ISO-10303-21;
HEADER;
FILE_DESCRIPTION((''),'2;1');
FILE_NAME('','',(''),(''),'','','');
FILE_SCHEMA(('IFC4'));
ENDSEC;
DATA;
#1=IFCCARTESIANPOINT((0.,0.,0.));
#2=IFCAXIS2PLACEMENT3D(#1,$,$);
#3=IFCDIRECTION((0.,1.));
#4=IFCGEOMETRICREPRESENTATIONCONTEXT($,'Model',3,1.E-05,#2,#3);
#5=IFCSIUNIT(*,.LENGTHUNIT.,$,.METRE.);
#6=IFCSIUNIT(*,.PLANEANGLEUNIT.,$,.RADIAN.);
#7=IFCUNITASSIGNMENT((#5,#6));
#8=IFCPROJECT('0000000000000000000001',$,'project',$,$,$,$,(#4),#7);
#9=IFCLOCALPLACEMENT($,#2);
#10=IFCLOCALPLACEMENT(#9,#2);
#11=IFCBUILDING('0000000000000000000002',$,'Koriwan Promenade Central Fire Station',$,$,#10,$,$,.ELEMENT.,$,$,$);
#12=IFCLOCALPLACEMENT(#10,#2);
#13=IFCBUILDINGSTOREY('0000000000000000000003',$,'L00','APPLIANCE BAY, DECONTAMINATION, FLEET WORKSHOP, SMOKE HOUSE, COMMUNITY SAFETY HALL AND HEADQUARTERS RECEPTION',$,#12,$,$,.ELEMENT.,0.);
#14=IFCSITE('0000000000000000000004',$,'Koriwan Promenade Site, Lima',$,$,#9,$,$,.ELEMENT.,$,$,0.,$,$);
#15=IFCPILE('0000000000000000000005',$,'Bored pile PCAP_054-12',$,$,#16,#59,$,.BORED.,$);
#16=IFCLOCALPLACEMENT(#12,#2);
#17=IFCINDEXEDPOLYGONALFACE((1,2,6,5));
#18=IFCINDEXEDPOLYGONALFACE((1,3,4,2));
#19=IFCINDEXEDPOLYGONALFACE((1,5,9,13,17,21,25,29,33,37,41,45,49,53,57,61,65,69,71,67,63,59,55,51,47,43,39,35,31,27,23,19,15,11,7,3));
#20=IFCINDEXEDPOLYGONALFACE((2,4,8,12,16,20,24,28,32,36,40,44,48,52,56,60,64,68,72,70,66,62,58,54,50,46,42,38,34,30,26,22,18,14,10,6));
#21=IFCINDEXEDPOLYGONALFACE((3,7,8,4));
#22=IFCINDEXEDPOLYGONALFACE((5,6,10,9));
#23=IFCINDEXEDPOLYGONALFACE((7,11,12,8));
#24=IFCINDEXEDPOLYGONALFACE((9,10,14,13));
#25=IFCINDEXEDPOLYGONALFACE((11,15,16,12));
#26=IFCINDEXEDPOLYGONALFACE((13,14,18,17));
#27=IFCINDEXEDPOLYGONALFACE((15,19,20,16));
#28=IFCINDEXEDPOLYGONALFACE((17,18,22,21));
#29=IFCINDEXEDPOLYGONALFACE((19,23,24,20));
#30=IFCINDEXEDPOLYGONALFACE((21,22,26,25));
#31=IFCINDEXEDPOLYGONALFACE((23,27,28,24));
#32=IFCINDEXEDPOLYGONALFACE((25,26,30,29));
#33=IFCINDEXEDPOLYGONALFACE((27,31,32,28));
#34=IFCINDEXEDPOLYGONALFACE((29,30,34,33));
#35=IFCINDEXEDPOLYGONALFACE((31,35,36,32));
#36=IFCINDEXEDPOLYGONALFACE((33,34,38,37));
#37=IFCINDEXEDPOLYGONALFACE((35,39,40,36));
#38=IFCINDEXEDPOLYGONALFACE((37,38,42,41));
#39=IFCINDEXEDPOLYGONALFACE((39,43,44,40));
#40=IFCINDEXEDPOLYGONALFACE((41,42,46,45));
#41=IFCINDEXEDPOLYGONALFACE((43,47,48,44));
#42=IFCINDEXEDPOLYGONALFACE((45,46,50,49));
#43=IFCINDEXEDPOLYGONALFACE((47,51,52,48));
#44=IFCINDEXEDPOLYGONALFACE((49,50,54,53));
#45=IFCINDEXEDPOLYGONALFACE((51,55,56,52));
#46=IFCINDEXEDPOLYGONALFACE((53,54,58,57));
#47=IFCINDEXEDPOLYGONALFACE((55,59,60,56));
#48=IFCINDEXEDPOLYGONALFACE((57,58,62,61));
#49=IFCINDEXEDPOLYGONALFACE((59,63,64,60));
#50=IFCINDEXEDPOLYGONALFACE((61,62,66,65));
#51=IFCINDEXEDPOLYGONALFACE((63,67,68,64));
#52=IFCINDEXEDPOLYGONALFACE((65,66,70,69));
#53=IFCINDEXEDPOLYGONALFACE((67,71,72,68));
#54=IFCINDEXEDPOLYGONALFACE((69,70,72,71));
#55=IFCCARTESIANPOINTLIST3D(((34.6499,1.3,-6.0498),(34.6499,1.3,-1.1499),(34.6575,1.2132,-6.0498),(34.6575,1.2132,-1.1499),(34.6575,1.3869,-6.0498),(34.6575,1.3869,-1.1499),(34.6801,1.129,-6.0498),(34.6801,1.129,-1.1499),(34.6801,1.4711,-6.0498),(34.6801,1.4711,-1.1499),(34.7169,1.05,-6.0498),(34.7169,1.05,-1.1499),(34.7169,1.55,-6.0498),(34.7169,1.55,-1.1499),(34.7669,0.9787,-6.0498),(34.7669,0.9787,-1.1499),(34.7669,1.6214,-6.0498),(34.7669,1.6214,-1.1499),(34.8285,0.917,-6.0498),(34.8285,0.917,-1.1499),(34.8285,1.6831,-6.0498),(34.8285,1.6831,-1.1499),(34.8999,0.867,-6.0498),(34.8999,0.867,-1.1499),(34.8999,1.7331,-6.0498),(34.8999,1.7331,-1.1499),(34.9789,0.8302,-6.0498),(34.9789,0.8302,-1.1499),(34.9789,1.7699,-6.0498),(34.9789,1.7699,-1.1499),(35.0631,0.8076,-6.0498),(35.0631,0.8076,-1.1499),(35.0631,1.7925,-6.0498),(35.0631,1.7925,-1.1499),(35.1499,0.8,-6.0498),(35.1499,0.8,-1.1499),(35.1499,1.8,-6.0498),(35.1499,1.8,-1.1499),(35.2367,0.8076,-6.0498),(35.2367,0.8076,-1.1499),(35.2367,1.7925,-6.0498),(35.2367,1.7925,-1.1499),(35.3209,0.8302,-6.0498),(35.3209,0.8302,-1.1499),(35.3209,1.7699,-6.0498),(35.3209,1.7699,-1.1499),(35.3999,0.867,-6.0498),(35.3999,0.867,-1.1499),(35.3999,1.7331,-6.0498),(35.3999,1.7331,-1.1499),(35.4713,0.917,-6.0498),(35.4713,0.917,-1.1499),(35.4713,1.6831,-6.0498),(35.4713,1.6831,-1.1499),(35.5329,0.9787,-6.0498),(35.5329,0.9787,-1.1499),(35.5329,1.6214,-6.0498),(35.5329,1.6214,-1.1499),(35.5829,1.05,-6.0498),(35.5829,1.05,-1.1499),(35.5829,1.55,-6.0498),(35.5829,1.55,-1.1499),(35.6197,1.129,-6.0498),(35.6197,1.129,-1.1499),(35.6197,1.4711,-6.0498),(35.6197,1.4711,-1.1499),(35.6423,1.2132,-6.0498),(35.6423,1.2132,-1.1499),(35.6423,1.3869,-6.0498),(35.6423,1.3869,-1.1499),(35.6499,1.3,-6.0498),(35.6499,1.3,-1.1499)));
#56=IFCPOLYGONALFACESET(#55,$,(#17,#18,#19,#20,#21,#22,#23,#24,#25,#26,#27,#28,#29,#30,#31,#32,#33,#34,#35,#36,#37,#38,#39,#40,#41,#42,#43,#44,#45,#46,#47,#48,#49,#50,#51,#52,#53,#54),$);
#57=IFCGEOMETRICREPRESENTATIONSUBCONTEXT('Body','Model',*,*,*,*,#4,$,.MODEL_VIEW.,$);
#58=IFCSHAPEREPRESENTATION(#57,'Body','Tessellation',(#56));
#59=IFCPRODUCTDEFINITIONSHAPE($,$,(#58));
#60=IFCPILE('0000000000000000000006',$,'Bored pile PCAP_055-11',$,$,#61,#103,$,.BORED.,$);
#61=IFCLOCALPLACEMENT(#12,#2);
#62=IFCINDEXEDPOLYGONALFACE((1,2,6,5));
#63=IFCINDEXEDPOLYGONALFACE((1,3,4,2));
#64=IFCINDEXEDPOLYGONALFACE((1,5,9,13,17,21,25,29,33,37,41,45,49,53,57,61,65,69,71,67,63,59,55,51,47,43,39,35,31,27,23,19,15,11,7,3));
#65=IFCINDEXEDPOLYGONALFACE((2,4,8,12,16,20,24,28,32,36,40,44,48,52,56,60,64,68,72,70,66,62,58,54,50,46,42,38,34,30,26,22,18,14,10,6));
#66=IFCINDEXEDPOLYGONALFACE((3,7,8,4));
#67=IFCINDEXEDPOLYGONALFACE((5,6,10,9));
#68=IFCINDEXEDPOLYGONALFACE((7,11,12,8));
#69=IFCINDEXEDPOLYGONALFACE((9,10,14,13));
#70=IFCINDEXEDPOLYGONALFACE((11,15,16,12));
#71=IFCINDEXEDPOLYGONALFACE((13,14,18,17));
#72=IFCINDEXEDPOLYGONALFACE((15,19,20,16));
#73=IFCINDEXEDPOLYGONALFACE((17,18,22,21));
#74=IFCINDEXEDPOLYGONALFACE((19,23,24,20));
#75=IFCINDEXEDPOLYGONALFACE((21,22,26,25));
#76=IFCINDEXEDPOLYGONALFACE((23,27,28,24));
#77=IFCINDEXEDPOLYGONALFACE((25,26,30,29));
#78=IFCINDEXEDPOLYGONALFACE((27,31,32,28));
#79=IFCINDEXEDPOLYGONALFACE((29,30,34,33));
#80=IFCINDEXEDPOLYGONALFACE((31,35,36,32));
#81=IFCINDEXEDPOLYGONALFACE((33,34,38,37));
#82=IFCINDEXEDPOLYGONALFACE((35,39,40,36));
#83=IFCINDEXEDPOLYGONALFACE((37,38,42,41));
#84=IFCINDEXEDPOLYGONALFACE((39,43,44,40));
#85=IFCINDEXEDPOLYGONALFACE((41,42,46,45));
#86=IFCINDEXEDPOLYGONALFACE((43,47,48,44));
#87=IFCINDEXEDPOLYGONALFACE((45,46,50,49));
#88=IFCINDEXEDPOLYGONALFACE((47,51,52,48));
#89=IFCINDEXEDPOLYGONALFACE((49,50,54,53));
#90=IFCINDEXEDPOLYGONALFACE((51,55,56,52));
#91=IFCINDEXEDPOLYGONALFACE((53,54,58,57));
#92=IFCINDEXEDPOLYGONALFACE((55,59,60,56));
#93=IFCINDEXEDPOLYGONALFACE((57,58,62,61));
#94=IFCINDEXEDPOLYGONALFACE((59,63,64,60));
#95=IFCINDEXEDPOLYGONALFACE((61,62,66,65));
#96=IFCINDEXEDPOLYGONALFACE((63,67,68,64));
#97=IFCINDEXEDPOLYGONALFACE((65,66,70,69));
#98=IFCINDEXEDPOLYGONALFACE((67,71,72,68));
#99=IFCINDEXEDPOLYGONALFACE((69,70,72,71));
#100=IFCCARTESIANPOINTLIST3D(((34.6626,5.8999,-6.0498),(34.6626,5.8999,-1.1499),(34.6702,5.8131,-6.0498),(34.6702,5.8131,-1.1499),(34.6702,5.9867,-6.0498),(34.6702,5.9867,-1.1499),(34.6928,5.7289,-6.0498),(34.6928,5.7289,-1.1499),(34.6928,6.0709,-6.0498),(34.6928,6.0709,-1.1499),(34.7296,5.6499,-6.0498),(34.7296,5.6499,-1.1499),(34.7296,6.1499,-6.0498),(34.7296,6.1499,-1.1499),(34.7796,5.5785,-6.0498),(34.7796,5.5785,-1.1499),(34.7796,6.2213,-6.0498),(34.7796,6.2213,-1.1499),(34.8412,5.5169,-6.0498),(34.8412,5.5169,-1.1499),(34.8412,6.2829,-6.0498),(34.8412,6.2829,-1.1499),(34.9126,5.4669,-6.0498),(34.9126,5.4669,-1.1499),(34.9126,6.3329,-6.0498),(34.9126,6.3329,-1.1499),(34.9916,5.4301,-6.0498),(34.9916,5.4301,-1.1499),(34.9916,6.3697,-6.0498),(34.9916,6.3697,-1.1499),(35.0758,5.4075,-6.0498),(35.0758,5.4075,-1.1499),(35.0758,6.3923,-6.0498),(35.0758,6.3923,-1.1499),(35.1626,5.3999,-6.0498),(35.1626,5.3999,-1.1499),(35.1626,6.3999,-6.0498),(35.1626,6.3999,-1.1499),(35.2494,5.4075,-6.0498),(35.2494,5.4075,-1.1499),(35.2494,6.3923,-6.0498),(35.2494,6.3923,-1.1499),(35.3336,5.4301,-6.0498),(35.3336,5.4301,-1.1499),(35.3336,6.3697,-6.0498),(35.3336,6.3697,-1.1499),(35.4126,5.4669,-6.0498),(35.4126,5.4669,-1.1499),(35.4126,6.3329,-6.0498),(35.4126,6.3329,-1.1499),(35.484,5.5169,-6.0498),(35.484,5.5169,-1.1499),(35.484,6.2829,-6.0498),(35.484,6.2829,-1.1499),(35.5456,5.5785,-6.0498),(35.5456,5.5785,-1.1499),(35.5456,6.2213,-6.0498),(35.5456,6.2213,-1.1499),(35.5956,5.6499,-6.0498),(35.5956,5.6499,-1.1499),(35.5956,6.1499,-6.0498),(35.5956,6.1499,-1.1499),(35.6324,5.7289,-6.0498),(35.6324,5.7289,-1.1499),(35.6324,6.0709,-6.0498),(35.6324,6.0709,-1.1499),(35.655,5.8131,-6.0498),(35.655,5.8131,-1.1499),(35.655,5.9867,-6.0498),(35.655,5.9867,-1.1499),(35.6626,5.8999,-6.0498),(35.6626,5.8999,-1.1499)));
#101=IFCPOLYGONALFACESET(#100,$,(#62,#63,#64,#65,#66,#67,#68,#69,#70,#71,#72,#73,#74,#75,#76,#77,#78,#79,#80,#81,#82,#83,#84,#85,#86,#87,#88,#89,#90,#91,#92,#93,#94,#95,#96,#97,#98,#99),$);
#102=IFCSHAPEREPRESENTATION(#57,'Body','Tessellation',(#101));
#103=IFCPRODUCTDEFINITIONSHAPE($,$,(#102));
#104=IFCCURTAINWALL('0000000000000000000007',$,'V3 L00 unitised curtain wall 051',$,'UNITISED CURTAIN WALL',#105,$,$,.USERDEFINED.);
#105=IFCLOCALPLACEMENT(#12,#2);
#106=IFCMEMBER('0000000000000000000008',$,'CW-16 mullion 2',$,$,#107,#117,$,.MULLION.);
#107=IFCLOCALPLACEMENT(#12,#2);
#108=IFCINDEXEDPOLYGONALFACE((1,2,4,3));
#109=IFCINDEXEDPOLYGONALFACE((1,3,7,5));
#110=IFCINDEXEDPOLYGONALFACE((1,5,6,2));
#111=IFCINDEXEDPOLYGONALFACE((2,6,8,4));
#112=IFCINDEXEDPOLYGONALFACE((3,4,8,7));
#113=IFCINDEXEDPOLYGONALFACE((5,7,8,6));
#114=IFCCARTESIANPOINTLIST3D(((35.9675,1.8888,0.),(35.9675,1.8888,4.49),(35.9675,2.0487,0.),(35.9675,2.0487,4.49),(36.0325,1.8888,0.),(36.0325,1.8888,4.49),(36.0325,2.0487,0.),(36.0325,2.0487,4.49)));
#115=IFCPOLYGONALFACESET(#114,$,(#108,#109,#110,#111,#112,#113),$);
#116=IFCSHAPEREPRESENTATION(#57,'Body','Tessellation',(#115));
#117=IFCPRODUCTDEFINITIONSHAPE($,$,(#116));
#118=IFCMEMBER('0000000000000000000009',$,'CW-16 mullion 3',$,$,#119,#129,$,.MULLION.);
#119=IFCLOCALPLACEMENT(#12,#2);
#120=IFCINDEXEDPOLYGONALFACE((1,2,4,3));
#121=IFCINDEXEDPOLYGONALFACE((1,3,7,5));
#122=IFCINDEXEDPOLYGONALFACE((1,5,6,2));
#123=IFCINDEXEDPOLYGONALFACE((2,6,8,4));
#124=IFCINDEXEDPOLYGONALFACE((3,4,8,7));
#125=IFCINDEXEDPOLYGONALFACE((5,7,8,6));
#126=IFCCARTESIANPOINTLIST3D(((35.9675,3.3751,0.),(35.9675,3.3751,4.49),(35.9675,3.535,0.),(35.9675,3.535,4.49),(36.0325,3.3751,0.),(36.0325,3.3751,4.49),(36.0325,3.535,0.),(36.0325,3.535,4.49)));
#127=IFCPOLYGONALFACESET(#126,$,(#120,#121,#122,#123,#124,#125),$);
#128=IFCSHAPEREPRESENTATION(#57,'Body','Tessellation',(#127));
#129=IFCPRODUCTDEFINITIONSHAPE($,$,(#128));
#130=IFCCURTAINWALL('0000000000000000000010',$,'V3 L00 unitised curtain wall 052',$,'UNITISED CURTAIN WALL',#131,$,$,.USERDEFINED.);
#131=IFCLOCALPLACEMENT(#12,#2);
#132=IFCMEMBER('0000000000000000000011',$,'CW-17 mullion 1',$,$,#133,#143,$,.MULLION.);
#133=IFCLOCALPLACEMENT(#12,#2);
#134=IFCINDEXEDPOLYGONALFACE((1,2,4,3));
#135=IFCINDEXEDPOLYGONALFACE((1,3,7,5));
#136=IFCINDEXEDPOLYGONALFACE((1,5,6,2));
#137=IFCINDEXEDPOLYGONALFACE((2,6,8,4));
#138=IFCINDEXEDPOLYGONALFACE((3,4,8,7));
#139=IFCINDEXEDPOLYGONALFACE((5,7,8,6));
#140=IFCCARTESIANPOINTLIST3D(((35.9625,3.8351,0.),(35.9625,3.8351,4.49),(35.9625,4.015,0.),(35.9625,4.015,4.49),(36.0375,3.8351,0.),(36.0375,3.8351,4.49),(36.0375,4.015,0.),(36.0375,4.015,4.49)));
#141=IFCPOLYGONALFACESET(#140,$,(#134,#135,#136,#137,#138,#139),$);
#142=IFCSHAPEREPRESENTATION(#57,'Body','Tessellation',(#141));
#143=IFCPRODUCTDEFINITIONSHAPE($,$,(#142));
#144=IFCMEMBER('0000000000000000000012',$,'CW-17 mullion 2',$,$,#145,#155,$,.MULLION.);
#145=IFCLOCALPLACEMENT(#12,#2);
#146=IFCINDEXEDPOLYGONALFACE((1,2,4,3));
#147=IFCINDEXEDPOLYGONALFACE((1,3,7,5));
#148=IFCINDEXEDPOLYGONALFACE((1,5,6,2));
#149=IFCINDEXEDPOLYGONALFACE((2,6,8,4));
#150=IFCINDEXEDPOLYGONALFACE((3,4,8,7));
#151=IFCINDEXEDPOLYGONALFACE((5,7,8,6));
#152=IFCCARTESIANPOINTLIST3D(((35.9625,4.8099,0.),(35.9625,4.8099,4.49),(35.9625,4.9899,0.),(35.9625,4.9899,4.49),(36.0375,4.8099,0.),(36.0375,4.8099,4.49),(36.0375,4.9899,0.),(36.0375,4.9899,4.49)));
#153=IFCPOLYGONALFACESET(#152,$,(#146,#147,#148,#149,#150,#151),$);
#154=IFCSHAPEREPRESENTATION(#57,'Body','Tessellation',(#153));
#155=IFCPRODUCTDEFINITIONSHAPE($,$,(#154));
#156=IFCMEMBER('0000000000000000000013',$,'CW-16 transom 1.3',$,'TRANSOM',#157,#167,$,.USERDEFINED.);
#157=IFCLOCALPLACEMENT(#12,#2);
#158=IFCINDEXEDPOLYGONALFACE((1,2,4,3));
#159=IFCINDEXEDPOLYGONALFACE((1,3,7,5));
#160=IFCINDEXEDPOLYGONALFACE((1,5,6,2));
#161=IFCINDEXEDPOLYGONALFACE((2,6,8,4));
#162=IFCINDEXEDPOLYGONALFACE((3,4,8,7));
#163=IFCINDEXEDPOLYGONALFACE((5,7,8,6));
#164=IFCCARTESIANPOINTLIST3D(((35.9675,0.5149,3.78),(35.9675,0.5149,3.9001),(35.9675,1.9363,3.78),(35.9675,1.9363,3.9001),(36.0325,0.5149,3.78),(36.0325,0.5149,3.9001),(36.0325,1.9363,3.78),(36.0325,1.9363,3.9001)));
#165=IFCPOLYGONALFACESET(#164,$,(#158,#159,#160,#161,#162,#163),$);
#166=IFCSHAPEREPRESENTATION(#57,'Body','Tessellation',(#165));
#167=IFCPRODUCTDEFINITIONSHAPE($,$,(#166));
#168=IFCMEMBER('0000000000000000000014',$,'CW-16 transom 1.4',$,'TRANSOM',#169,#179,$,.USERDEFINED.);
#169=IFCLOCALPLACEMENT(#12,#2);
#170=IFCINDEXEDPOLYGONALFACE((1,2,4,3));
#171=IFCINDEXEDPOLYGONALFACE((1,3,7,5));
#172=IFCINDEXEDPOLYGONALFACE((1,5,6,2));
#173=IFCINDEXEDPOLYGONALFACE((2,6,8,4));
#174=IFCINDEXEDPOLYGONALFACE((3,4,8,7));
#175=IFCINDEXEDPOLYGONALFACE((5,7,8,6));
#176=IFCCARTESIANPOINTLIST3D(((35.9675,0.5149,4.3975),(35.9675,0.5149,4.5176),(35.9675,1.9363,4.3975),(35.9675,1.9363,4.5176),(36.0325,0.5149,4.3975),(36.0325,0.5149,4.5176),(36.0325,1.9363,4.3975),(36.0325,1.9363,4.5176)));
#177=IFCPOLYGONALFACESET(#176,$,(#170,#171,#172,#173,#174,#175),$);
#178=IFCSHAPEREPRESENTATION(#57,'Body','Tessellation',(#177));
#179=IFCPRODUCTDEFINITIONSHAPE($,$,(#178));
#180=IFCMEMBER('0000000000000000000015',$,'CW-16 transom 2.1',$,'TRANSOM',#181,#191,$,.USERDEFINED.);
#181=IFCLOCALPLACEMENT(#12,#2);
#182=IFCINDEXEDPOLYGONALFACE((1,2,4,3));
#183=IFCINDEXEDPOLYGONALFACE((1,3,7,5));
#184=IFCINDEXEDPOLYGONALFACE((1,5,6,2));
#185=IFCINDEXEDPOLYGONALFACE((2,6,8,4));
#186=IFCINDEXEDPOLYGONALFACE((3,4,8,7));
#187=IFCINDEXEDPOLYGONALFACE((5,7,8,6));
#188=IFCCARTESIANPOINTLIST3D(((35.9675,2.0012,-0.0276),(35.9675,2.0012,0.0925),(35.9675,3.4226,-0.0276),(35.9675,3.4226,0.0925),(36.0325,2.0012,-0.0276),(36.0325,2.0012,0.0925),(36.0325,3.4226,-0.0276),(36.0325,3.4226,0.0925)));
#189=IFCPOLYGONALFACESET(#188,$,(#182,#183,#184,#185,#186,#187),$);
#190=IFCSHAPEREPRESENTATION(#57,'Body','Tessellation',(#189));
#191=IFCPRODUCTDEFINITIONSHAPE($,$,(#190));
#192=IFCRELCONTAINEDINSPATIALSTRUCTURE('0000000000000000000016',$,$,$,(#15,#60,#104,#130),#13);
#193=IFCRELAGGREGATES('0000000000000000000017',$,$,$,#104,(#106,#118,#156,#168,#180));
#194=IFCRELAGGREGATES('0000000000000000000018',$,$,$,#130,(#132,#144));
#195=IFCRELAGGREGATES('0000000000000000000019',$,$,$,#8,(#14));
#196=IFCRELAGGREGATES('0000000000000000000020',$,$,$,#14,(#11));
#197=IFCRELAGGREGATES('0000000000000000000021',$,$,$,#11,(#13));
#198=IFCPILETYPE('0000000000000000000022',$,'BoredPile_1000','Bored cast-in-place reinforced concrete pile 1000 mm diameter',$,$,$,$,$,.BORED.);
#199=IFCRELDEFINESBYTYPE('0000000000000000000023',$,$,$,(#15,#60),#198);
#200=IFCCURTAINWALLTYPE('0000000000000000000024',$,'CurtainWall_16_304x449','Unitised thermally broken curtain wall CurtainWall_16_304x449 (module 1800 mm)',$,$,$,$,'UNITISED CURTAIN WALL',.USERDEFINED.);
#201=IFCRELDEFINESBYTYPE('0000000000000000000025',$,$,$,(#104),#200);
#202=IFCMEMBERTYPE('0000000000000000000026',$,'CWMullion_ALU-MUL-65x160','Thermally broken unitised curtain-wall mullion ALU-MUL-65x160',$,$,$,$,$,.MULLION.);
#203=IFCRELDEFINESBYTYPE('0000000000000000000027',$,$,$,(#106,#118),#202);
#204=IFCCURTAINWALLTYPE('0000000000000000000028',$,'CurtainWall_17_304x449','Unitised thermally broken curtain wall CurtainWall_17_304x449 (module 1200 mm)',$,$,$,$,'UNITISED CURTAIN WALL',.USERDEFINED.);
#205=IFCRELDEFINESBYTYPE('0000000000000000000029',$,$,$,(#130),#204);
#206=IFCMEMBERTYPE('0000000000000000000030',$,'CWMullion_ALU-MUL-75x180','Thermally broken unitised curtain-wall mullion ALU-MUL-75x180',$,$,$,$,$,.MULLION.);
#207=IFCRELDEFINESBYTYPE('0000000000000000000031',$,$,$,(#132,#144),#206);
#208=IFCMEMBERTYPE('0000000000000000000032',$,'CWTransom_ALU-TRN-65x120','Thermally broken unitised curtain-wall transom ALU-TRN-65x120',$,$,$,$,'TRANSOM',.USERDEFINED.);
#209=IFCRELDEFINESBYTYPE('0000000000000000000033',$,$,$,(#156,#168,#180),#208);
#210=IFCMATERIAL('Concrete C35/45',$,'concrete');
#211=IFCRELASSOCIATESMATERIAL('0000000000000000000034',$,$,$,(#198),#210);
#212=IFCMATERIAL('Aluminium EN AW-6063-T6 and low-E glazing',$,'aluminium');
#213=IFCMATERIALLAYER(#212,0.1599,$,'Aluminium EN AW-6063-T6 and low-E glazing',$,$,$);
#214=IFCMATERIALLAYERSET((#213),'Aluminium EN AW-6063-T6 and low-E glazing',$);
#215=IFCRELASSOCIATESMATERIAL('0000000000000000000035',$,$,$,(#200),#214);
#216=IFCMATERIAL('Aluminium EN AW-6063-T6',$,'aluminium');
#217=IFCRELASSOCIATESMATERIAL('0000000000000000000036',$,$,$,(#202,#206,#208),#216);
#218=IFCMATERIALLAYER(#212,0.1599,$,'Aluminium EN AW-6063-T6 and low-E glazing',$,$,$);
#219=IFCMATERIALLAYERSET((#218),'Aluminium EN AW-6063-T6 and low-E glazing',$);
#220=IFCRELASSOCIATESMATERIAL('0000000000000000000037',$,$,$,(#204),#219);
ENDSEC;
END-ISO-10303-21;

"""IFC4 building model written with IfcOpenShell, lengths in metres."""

from ifc_helpers import new_model, si_unit, direction, frame, origin, origin_2d, place, context, subcontext, project, spatial, rectangle, circle, extrude, material, layer, layer_set, material_profile, profile_set, type_object, element, aggregate, save


model = new_model("IFC4")

# Units and contexts
model_context = context("Model", 3, precision=1e-05, world=origin(), true_north=direction((0.0, 1.0)))
body_context = subcontext(model_context, "Body", "Model", "MODEL_VIEW")
ifc_project = project(units=[si_unit("LENGTHUNIT", "METRE"), si_unit("PLANEANGLEUNIT", "RADIAN")], contexts=[model_context])

# Site, building, storey
site_placement = place(None, origin())
site = spatial("IfcSite", under=ifc_project, at=site_placement, Name="Koriwan Promenade Site, Lima", CompositionType="ELEMENT", RefElevation=0.0)
building_placement = place(site_placement, origin())
building = spatial("IfcBuilding", under=site, at=building_placement, Name="Koriwan Promenade Central Fire Station", CompositionType="ELEMENT")
storey_placement = place(building_placement, origin())
storey = spatial("IfcBuildingStorey", under=building, at=storey_placement, Name="L00", Description="APPLIANCE BAY, DECONTAMINATION, FLEET WORKSHOP, SMOKE HOUSE, COMMUNITY SAFETY HALL AND HEADQUARTERS RECEPTION", CompositionType="ELEMENT", Elevation=0.0)

# Piles
ifc_material_1 = material(Name="Concrete C35/45", Category="concrete")
ifc_material_profile_1 = material_profile(ifc_material_1, circle(Radius=0.5, at=origin_2d()), Name="PILE-D1000")
ifc_profile_set_1 = profile_set([ifc_material_profile_1], Name="Concrete C35/45")
pile_type = type_object("IfcPileType", Name="BoredPile_1000", Description="Bored cast-in-place reinforced concrete pile 1000 mm diameter", PredefinedType="BORED", material=ifc_profile_set_1)
for number, where, z_axis, x_axis, name in (
    (1, (35.1499, 1.3, -1.1499), (0.0, 0.0, -1.0), (1.0, 0.0, 0.0), "Bored pile PCAP_054-12"),
    (2, (35.1626, 5.8999, -1.1499), (0.0, 0.0, -1.0), (1.0, 0.0, 0.0), "Bored pile PCAP_055-11"),
):
    element("IfcPile", number, at=place(storey_placement, frame(where, z_axis=z_axis, x_axis=x_axis)), inside=storey, type_object=pile_type, Name=name, PredefinedType="BORED", context=body_context, shape_type="SweptSolid", body=[
        extrude(circle(Radius=0.5, at=origin_2d()), origin(), (0.0, 0.0, 1.0), 4.8999),
    ])

# Curtain walls, members
ifc_material_2 = material(Name="Aluminium EN AW-6063-T6 and low-E glazing", Category="aluminium")
ifc_layer_1 = layer(ifc_material_2, 0.1599, Name="Aluminium EN AW-6063-T6 and low-E glazing")
ifc_layer_set_1 = layer_set([ifc_layer_1], Name="Aluminium EN AW-6063-T6 and low-E glazing")
curtain_wall_type_1 = type_object("IfcCurtainWallType", Name="CurtainWall_16_304x449", Description="Unitised thermally broken curtain wall CurtainWall_16_304x449 (module 1800 mm)", ElementType="UNITISED CURTAIN WALL", PredefinedType="USERDEFINED", material=ifc_layer_set_1)
curtain_wall_1_placement = place(storey_placement, origin())
curtain_wall_1 = element("IfcCurtainWall", 3, at=curtain_wall_1_placement, inside=storey, type_object=curtain_wall_type_1, Name="V3 L00 unitised curtain wall 051", ObjectType="UNITISED CURTAIN WALL", PredefinedType="USERDEFINED")
ifc_material_3 = material(Name="Aluminium EN AW-6063-T6", Category="aluminium")
ifc_material_profile_2 = material_profile(ifc_material_3, rectangle(XDim=0.0649, YDim=0.1599, at=origin_2d()), Name="ALU-MUL-65x160")
ifc_profile_set_2 = profile_set([ifc_material_profile_2], Name="Aluminium EN AW-6063-T6")
member_type_1 = type_object("IfcMemberType", Name="CWMullion_ALU-MUL-65x160", Description="Thermally broken unitised curtain-wall mullion ALU-MUL-65x160", PredefinedType="MULLION", material=ifc_profile_set_2)
member_1_placement = place(storey_placement, frame((36.0, 1.9688, 0.0), z_axis=(0.0, 0.0, 1.0), x_axis=(-1.0, 0.0, 0.0)))
member_1 = element("IfcMember", 4, at=member_1_placement, type_object=member_type_1, Name="CW-16 mullion 2", PredefinedType="MULLION", context=body_context, shape_type="SweptSolid", body=[
    extrude(rectangle(XDim=0.0649, YDim=0.1599, at=origin_2d()), origin(), (0.0, 0.0, 1.0), 4.49),
])
member_2_placement = place(storey_placement, frame((36.0, 3.4551, 0.0), z_axis=(0.0, 0.0, 1.0), x_axis=(-1.0, 0.0, 0.0)))
member_2 = element("IfcMember", 5, at=member_2_placement, type_object=member_type_1, Name="CW-16 mullion 3", PredefinedType="MULLION", context=body_context, shape_type="SweptSolid", body=[
    extrude(rectangle(XDim=0.0649, YDim=0.1599, at=origin_2d()), origin(), (0.0, 0.0, 1.0), 4.49),
])
ifc_layer_2 = layer(ifc_material_2, 0.1599, Name="Aluminium EN AW-6063-T6 and low-E glazing")
ifc_layer_set_2 = layer_set([ifc_layer_2], Name="Aluminium EN AW-6063-T6 and low-E glazing")
curtain_wall_type_2 = type_object("IfcCurtainWallType", Name="CurtainWall_17_304x449", Description="Unitised thermally broken curtain wall CurtainWall_17_304x449 (module 1200 mm)", ElementType="UNITISED CURTAIN WALL", PredefinedType="USERDEFINED", material=ifc_layer_set_2)
curtain_wall_2_placement = place(storey_placement, origin())
curtain_wall_2 = element("IfcCurtainWall", 6, at=curtain_wall_2_placement, inside=storey, type_object=curtain_wall_type_2, Name="V3 L00 unitised curtain wall 052", ObjectType="UNITISED CURTAIN WALL", PredefinedType="USERDEFINED")
ifc_material_profile_3 = material_profile(ifc_material_3, rectangle(XDim=0.075, YDim=0.1799, at=origin_2d()), Name="ALU-MUL-75x180")
ifc_profile_set_3 = profile_set([ifc_material_profile_3], Name="Aluminium EN AW-6063-T6")
member_type_2 = type_object("IfcMemberType", Name="CWMullion_ALU-MUL-75x180", Description="Thermally broken unitised curtain-wall mullion ALU-MUL-75x180", PredefinedType="MULLION", material=ifc_profile_set_3)
member_3_placement = place(storey_placement, frame((36.0, 3.925, 0.0), z_axis=(0.0, 0.0, 1.0), x_axis=(-1.0, 0.0, 0.0)))
member_3 = element("IfcMember", 7, at=member_3_placement, type_object=member_type_2, Name="CW-17 mullion 1", PredefinedType="MULLION", context=body_context, shape_type="SweptSolid", body=[
    extrude(rectangle(XDim=0.075, YDim=0.1799, at=origin_2d()), origin(), (0.0, 0.0, 1.0), 4.49),
])
member_4_placement = place(storey_placement, frame((36.0, 4.8999, 0.0), z_axis=(0.0, 0.0, 1.0), x_axis=(-1.0, 0.0, 0.0)))
member_4 = element("IfcMember", 8, at=member_4_placement, type_object=member_type_2, Name="CW-17 mullion 2", PredefinedType="MULLION", context=body_context, shape_type="SweptSolid", body=[
    extrude(rectangle(XDim=0.075, YDim=0.1799, at=origin_2d()), origin(), (0.0, 0.0, 1.0), 4.49),
])

# Members
ifc_material_profile_4 = material_profile(ifc_material_3, rectangle(XDim=0.0649, YDim=0.1201, at=origin_2d()), Name="ALU-TRN-65x120")
ifc_profile_set_4 = profile_set([ifc_material_profile_4], Name="Aluminium EN AW-6063-T6")
member_type_3 = type_object("IfcMemberType", Name="CWTransom_ALU-TRN-65x120", Description="Thermally broken unitised curtain-wall transom ALU-TRN-65x120", ElementType="TRANSOM", PredefinedType="USERDEFINED", material=ifc_profile_set_4)
member_5_placement = place(storey_placement, frame((36.0, 0.5149, 3.8401), z_axis=(0.0, 1.0, 0.0), x_axis=(-1.0, 0.0, 0.0)))
member_5 = element("IfcMember", 9, at=member_5_placement, type_object=member_type_3, Name="CW-16 transom 1.3", ObjectType="TRANSOM", PredefinedType="USERDEFINED", context=body_context, shape_type="SweptSolid", body=[
    extrude(rectangle(XDim=0.0649, YDim=0.1201, at=origin_2d()), origin(), (0.0, 0.0, 1.0), 1.4214),
])
member_6_placement = place(storey_placement, frame((36.0, 0.5149, 4.4575), z_axis=(0.0, 1.0, 0.0), x_axis=(-1.0, 0.0, 0.0)))
member_6 = element("IfcMember", 10, at=member_6_placement, type_object=member_type_3, Name="CW-16 transom 1.4", ObjectType="TRANSOM", PredefinedType="USERDEFINED", context=body_context, shape_type="SweptSolid", body=[
    extrude(rectangle(XDim=0.0649, YDim=0.1201, at=origin_2d()), origin(), (0.0, 0.0, 1.0), 1.4214),
])
member_7_placement = place(storey_placement, frame((36.0, 2.0012, 0.0325), z_axis=(0.0, 1.0, 0.0), x_axis=(-1.0, 0.0, 0.0)))
member_7 = element("IfcMember", 11, at=member_7_placement, type_object=member_type_3, Name="CW-16 transom 2.1", ObjectType="TRANSOM", PredefinedType="USERDEFINED", context=body_context, shape_type="SweptSolid", body=[
    extrude(rectangle(XDim=0.0649, YDim=0.1201, at=origin_2d()), origin(), (0.0, 0.0, 1.0), 1.4214),
])

aggregate(curtain_wall_1, [member_1, member_2, member_5, member_6, member_7])
aggregate(curtain_wall_2, [member_3, member_4])

save(model, "model.ifc")
